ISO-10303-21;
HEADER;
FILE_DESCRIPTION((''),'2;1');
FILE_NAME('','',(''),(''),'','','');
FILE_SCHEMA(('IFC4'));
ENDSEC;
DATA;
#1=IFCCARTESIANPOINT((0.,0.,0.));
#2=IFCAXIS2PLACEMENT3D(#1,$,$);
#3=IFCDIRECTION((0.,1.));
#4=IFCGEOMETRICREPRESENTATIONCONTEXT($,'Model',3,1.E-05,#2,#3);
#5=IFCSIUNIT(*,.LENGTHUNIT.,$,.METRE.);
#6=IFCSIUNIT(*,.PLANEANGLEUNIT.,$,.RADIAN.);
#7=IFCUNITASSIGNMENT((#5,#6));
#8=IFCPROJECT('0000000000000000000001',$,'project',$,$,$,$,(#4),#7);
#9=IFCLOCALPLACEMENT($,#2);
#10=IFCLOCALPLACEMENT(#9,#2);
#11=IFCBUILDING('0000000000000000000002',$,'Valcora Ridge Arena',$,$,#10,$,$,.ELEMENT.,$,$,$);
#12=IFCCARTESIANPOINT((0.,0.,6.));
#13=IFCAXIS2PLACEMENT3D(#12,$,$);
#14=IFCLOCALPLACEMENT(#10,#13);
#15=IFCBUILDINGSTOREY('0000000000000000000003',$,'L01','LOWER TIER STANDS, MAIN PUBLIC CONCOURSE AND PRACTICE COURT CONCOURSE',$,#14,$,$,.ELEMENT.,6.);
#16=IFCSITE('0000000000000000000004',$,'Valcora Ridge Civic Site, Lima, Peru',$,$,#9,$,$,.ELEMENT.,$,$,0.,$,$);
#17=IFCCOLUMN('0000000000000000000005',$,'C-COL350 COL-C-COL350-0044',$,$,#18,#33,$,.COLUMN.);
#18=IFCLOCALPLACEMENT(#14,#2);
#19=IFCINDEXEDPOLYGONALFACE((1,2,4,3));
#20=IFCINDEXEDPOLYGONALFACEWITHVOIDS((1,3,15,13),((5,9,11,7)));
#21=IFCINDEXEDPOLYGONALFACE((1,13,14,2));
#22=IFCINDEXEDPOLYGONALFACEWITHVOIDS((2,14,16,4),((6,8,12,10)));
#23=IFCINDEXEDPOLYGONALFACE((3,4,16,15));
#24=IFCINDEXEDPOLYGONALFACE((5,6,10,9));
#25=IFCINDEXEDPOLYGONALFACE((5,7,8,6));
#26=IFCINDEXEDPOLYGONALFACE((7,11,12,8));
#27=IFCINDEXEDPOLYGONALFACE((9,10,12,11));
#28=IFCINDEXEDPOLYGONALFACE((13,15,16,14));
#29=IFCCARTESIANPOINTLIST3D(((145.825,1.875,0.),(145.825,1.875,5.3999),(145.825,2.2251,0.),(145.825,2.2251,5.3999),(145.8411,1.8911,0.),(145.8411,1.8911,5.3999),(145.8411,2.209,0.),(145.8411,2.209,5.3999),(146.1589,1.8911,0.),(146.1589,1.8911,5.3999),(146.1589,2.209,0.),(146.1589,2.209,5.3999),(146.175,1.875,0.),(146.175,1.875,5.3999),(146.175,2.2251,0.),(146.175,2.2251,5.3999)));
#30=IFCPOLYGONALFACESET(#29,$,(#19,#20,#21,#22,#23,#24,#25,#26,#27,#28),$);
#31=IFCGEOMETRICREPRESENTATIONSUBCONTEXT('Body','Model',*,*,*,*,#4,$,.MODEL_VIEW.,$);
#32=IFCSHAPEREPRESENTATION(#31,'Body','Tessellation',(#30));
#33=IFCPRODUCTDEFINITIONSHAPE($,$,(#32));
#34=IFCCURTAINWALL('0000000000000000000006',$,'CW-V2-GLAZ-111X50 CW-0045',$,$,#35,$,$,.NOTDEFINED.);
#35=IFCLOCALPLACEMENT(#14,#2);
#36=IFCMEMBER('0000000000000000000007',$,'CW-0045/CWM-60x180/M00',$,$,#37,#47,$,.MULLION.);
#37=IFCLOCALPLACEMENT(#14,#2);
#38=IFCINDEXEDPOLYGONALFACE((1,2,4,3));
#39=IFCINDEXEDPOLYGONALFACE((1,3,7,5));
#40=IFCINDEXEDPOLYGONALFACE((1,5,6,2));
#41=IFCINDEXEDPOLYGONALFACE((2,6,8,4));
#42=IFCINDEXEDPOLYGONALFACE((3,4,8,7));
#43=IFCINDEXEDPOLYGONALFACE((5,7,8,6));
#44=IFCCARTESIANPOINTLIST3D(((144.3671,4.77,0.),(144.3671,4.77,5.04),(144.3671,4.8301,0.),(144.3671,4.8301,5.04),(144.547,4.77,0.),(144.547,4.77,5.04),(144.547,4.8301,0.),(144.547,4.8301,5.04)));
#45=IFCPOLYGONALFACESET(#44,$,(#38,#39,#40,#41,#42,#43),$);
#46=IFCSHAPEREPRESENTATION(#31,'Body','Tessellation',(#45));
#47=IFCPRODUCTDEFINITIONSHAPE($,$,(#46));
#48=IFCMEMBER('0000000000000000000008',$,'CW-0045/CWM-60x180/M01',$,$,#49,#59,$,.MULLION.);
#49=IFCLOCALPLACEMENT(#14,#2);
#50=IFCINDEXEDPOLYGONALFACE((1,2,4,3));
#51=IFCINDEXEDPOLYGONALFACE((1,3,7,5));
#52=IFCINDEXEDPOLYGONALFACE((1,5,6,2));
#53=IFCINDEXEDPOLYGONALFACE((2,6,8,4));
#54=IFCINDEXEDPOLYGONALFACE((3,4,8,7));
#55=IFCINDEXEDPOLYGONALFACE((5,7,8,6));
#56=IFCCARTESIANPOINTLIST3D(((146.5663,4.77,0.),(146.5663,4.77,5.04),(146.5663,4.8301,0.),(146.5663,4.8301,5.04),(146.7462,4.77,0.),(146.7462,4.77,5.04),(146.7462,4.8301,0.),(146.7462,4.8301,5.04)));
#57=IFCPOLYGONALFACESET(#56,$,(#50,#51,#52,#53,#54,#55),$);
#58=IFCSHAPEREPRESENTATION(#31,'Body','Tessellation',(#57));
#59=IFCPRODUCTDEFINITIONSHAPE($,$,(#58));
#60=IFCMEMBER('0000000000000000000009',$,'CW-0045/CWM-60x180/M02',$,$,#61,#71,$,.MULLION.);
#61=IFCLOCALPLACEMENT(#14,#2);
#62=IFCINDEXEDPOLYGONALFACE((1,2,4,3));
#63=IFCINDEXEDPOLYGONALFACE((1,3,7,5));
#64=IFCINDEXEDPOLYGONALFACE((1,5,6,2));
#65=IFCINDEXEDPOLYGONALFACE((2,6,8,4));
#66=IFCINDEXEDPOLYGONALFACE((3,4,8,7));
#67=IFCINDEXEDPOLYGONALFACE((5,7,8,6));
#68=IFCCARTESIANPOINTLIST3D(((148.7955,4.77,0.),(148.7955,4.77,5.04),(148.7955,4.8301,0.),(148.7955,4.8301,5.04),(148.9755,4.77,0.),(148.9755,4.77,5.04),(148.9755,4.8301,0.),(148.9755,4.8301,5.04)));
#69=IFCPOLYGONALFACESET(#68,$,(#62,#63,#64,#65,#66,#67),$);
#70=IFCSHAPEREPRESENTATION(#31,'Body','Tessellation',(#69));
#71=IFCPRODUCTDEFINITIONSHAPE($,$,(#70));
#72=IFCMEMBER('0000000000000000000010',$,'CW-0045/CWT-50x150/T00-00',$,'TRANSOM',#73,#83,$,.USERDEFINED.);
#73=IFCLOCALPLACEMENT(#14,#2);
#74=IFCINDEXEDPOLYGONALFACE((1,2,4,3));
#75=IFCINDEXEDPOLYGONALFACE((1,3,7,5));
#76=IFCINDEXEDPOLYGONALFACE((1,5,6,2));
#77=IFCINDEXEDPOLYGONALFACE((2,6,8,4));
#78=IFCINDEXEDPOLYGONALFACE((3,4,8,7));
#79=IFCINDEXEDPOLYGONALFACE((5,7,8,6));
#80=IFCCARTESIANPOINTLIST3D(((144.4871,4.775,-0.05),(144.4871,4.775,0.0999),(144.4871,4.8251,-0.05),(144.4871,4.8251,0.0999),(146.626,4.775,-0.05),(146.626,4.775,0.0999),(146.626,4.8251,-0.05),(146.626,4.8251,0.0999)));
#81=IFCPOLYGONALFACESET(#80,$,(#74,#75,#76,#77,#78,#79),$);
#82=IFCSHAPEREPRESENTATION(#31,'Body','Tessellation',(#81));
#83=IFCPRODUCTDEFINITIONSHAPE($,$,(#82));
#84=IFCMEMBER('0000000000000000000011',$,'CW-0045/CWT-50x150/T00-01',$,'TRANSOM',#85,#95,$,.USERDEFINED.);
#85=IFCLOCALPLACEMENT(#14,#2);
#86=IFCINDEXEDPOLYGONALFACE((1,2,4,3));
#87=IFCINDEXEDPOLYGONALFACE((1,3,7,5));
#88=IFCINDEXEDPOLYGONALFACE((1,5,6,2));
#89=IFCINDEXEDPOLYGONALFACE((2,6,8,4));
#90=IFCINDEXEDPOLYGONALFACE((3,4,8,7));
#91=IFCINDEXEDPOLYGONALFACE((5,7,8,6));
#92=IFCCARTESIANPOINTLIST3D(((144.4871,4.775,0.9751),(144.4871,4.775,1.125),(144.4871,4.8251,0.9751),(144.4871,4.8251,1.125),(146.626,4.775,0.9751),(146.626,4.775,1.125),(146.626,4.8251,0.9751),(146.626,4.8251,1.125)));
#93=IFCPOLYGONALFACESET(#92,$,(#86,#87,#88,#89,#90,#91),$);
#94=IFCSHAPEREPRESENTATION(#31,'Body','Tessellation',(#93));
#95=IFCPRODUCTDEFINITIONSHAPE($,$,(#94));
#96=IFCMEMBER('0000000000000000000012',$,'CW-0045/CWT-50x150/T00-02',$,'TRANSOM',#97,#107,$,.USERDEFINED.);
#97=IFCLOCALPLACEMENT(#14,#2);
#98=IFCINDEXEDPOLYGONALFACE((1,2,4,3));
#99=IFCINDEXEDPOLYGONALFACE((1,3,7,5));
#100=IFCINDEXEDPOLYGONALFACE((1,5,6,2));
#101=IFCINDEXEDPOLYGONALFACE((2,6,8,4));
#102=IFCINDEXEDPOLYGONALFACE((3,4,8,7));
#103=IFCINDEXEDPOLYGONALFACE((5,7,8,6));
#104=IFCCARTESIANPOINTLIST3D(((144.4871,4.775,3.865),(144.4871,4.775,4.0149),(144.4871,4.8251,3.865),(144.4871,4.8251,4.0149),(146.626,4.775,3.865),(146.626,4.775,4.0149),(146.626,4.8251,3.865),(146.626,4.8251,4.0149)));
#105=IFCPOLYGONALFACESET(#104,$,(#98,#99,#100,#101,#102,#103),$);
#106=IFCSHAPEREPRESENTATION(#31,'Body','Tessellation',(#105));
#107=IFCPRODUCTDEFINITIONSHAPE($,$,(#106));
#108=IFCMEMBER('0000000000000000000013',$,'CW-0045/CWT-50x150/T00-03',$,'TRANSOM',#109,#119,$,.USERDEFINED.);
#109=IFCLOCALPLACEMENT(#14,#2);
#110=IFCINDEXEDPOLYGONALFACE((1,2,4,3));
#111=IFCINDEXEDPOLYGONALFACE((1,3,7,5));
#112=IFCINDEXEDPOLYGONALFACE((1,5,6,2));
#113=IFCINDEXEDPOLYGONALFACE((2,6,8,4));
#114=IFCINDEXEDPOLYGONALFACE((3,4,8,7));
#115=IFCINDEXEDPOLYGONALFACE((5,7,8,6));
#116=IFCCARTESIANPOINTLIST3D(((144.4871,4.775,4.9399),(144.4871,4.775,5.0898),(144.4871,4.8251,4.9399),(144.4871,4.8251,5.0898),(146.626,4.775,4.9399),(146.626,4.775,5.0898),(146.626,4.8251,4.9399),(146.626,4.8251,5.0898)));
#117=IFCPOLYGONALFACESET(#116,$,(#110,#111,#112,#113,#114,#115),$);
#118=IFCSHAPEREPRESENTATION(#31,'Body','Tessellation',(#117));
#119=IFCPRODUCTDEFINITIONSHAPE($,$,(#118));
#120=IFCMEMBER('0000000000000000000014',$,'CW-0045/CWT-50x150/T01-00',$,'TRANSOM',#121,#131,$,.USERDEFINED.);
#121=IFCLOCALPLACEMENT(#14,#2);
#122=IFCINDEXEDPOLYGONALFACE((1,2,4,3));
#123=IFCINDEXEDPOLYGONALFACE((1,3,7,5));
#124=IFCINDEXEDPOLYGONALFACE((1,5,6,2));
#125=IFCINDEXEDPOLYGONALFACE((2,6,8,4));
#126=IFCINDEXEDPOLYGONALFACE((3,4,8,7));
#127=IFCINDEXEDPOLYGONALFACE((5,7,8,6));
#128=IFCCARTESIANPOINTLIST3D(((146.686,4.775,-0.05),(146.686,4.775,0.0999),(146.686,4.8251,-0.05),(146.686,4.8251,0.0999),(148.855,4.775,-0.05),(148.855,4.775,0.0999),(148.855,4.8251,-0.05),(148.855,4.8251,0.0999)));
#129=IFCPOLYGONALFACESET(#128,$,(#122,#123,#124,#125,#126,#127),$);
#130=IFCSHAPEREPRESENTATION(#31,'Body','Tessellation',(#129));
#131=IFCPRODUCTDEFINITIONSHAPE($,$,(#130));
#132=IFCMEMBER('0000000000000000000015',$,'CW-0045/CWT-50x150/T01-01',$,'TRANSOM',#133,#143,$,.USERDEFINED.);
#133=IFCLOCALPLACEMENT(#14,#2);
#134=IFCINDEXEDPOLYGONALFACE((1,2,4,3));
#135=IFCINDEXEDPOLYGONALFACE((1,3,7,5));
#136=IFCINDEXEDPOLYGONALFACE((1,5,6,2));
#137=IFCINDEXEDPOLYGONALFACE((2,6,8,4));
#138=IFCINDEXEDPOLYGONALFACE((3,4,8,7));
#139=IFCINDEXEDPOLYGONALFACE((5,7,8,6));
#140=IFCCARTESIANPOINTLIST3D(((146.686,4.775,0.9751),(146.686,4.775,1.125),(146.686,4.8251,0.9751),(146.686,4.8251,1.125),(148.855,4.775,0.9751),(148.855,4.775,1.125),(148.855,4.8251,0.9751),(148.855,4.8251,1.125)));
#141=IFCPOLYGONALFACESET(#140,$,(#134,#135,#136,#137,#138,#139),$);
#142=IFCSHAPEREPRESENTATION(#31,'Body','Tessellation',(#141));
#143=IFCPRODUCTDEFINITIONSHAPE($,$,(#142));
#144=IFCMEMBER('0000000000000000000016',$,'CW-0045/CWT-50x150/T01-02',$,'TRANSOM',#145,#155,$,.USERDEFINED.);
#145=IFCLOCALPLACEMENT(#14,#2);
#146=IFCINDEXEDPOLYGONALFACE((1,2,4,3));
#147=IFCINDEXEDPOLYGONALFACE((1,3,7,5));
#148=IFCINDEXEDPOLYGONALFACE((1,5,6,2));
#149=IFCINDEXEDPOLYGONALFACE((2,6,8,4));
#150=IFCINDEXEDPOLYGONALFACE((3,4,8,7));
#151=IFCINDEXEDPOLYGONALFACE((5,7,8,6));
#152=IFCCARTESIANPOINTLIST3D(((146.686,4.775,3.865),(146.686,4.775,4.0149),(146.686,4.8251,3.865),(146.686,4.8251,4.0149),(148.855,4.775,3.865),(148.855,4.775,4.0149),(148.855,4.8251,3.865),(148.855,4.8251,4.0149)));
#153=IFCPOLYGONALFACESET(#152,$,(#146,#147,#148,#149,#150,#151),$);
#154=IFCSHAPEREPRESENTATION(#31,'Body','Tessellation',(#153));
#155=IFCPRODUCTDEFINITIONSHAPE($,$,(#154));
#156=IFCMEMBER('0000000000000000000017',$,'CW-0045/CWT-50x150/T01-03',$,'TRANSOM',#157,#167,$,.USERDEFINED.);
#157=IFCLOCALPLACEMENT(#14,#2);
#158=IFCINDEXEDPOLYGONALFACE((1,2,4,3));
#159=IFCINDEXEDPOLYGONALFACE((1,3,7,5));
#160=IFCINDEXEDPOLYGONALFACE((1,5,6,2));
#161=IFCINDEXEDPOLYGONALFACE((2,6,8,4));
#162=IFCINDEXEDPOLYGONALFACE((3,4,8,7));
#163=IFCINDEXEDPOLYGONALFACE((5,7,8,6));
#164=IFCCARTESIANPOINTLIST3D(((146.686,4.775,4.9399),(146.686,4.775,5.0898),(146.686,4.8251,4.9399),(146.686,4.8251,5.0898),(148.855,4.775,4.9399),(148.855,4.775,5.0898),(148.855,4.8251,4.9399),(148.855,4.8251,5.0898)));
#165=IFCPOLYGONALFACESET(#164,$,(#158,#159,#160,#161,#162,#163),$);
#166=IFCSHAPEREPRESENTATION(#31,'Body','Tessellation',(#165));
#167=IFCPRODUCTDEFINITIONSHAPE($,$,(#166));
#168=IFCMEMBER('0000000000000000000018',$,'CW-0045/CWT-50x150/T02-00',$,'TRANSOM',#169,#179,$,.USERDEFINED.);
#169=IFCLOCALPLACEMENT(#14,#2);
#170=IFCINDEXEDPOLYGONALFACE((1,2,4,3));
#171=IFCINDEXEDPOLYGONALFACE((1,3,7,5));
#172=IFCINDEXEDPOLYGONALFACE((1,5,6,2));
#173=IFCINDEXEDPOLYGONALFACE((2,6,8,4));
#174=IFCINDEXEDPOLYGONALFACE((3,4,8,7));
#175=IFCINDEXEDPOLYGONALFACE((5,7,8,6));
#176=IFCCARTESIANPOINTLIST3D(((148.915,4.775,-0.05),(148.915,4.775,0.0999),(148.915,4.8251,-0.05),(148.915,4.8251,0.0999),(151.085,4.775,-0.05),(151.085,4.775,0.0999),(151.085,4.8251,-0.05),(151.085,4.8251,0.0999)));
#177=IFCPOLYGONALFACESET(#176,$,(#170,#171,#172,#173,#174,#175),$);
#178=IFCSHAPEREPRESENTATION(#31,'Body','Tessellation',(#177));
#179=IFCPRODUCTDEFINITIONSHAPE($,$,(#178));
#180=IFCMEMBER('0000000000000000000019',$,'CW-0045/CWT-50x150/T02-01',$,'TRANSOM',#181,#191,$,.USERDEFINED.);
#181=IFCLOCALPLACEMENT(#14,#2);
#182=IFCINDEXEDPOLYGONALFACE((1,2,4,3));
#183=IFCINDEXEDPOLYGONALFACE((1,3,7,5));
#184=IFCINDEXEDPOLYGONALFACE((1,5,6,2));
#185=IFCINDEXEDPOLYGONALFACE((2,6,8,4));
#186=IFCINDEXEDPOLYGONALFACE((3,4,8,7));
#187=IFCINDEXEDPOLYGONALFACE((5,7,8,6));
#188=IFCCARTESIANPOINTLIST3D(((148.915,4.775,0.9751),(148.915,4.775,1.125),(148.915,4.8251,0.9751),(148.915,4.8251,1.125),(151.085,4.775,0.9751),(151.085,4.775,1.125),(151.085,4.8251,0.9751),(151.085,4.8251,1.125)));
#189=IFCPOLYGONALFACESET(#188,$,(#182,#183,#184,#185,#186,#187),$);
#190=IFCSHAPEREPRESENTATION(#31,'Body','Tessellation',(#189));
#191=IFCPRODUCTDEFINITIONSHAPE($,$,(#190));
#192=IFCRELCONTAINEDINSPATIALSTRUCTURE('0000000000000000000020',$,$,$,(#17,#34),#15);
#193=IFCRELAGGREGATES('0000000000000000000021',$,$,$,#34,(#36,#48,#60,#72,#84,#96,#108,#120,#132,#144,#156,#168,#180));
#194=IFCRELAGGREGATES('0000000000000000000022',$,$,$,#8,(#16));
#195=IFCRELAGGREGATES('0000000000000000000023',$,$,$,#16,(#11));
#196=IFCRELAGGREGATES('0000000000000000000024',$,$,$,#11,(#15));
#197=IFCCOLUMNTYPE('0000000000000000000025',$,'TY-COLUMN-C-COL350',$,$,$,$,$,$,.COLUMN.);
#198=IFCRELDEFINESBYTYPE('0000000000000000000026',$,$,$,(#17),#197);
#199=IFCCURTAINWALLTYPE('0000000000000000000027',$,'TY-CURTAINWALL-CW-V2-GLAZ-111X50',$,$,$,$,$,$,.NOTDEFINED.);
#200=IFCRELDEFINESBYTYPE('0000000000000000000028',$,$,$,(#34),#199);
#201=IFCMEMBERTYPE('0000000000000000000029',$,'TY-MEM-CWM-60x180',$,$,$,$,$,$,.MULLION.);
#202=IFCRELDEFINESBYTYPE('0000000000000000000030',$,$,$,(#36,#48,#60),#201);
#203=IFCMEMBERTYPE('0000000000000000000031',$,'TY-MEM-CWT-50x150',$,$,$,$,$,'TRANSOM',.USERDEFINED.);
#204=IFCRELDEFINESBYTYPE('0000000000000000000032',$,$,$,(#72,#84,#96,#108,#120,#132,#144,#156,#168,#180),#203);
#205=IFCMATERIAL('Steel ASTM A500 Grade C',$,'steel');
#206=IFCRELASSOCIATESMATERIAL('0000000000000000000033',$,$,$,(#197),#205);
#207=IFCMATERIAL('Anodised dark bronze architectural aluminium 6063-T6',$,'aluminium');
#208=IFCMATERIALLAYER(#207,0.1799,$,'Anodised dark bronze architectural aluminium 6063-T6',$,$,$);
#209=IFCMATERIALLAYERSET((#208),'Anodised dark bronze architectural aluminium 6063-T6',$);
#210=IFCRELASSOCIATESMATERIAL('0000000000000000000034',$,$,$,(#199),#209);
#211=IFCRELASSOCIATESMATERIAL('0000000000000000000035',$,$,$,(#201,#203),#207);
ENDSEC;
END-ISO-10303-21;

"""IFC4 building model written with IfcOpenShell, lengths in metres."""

from ifc_helpers import new_model, si_unit, direction, frame, origin, origin_2d, place, context, subcontext, project, spatial, rectangle, hollow_rectangle, extrude, material, layer, layer_set, material_profile, profile_set, type_object, element, aggregate, save


model = new_model("IFC4")

# Units and contexts
model_context = context("Model", 3, precision=1e-05, world=origin(), true_north=direction((0.0, 1.0)))
body_context = subcontext(model_context, "Body", "Model", "MODEL_VIEW")
ifc_project = project(units=[si_unit("LENGTHUNIT", "METRE"), si_unit("PLANEANGLEUNIT", "RADIAN")], contexts=[model_context])

# Site, building, storey
site_placement = place(None, origin())
site = spatial("IfcSite", under=ifc_project, at=site_placement, Name="Valcora Ridge Civic Site, Lima, Peru", CompositionType="ELEMENT", RefElevation=0.0)
building_placement = place(site_placement, origin())
building = spatial("IfcBuilding", under=site, at=building_placement, Name="Valcora Ridge Arena", CompositionType="ELEMENT")
storey_placement = place(building_placement, frame((0.0, 0.0, 6.0)))
storey = spatial("IfcBuildingStorey", under=building, at=storey_placement, Name="L01", Description="LOWER TIER STANDS, MAIN PUBLIC CONCOURSE AND PRACTICE COURT CONCOURSE", CompositionType="ELEMENT", Elevation=6.0)

# Column
ifc_material_1 = material(Name="Steel ASTM A500 Grade C", Category="steel")
ifc_material_profile_1 = material_profile(ifc_material_1, hollow_rectangle(XDim=0.3501, YDim=0.3501, WallThickness=0.0161, at=origin_2d()), Name="HSS350X350X16")
ifc_profile_set_1 = profile_set([ifc_material_profile_1], Name="Steel ASTM A500 Grade C")
column_type = type_object("IfcColumnType", Name="TY-COLUMN-C-COL350", PredefinedType="COLUMN", material=ifc_profile_set_1)
column_placement = place(storey_placement, frame((146.0, 2.05, 0.0), z_axis=(0.0, 0.0, 1.0), x_axis=(1.0, 0.0, 0.0)))
element("IfcColumn", 1, at=column_placement, inside=storey, type_object=column_type, Name="C-COL350 COL-C-COL350-0044", PredefinedType="COLUMN", context=body_context, shape_type="SweptSolid", body=[
    extrude(hollow_rectangle(XDim=0.3501, YDim=0.3501, WallThickness=0.0161, at=origin_2d()), origin(), (0.0, 0.0, 1.0), 5.3999),
])

# Curtain wall, members
ifc_material_2 = material(Name="Anodised dark bronze architectural aluminium 6063-T6", Category="aluminium")
ifc_layer_1 = layer(ifc_material_2, 0.1799, Name="Anodised dark bronze architectural aluminium 6063-T6")
ifc_layer_set_1 = layer_set([ifc_layer_1], Name="Anodised dark bronze architectural aluminium 6063-T6")
curtain_wall_type = type_object("IfcCurtainWallType", Name="TY-CURTAINWALL-CW-V2-GLAZ-111X50", PredefinedType="NOTDEFINED", material=ifc_layer_set_1)
curtain_wall_placement = place(storey_placement, origin())
curtain_wall = element("IfcCurtainWall", 2, at=curtain_wall_placement, inside=storey, type_object=curtain_wall_type, Name="CW-V2-GLAZ-111X50 CW-0045", PredefinedType="NOTDEFINED")
ifc_material_profile_2 = material_profile(ifc_material_2, rectangle(XDim=0.0601, YDim=0.1799, at=origin_2d()), Name="ALU MULLION 60x180")
ifc_profile_set_2 = profile_set([ifc_material_profile_2], Name="Anodised dark bronze architectural aluminium 6063-T6")
member_type_1 = type_object("IfcMemberType", Name="TY-MEM-CWM-60x180", PredefinedType="MULLION", material=ifc_profile_set_2)
member_1_placement = place(storey_placement, frame((144.457, 4.8, 0.0), z_axis=(0.0, 0.0, 1.0), x_axis=(0.0, 1.0, 0.0)))
member_1 = element("IfcMember", 3, at=member_1_placement, type_object=member_type_1, Name="CW-0045/CWM-60x180/M00", PredefinedType="MULLION", context=body_context, shape_type="SweptSolid", body=[
    extrude(rectangle(XDim=0.0601, YDim=0.1799, at=origin_2d()), origin(), (0.0, 0.0, 1.0), 5.04),
])
member_2_placement = place(storey_placement, frame((146.6562, 4.8, 0.0), z_axis=(0.0, 0.0, 1.0), x_axis=(0.0, 1.0, 0.0)))
member_2 = element("IfcMember", 4, at=member_2_placement, type_object=member_type_1, Name="CW-0045/CWM-60x180/M01", PredefinedType="MULLION", context=body_context, shape_type="SweptSolid", body=[
    extrude(rectangle(XDim=0.0601, YDim=0.1799, at=origin_2d()), origin(), (0.0, 0.0, 1.0), 5.04),
])
member_3_placement = place(storey_placement, frame((148.8855, 4.8, 0.0), z_axis=(0.0, 0.0, 1.0), x_axis=(0.0, 1.0, 0.0)))
member_3 = element("IfcMember", 5, at=member_3_placement, type_object=member_type_1, Name="CW-0045/CWM-60x180/M02", PredefinedType="MULLION", context=body_context, shape_type="SweptSolid", body=[
    extrude(rectangle(XDim=0.0601, YDim=0.1799, at=origin_2d()), origin(), (0.0, 0.0, 1.0), 5.04),
])
ifc_material_profile_3 = material_profile(ifc_material_2, rectangle(XDim=0.05, YDim=0.1499, at=origin_2d()), Name="ALU TRANSOM 50x150")
ifc_profile_set_3 = profile_set([ifc_material_profile_3], Name="Anodised dark bronze architectural aluminium 6063-T6")
member_type_2 = type_object("IfcMemberType", Name="TY-MEM-CWT-50x150", ElementType="TRANSOM", PredefinedType="USERDEFINED", material=ifc_profile_set_3)
member_4_placement = place(storey_placement, frame((144.4871, 4.8, 0.0249), z_axis=(1.0, 0.0, 0.0), x_axis=(0.0, 1.0, 0.0)))
member_4 = element("IfcMember", 6, at=member_4_placement, type_object=member_type_2, Name="CW-0045/CWT-50x150/T00-00", ObjectType="TRANSOM", PredefinedType="USERDEFINED", context=body_context, shape_type="SweptSolid", body=[
    extrude(rectangle(XDim=0.05, YDim=0.1499, at=origin_2d()), origin(), (0.0, 0.0, 1.0), 2.1389),
])
member_5_placement = place(storey_placement, frame((144.4871, 4.8, 1.05), z_axis=(1.0, 0.0, 0.0), x_axis=(0.0, 1.0, 0.0)))
member_5 = element("IfcMember", 7, at=member_5_placement, type_object=member_type_2, Name="CW-0045/CWT-50x150/T00-01", ObjectType="TRANSOM", PredefinedType="USERDEFINED", context=body_context, shape_type="SweptSolid", body=[
    extrude(rectangle(XDim=0.05, YDim=0.1499, at=origin_2d()), origin(), (0.0, 0.0, 1.0), 2.1389),
])
member_6_placement = place(storey_placement, frame((144.4871, 4.8, 3.9399), z_axis=(1.0, 0.0, 0.0), x_axis=(0.0, 1.0, 0.0)))
member_6 = element("IfcMember", 8, at=member_6_placement, type_object=member_type_2, Name="CW-0045/CWT-50x150/T00-02", ObjectType="TRANSOM", PredefinedType="USERDEFINED", context=body_context, shape_type="SweptSolid", body=[
    extrude(rectangle(XDim=0.05, YDim=0.1499, at=origin_2d()), origin(), (0.0, 0.0, 1.0), 2.1389),
])
member_7_placement = place(storey_placement, frame((144.4871, 4.8, 5.0149), z_axis=(1.0, 0.0, 0.0), x_axis=(0.0, 1.0, 0.0)))
member_7 = element("IfcMember", 9, at=member_7_placement, type_object=member_type_2, Name="CW-0045/CWT-50x150/T00-03", ObjectType="TRANSOM", PredefinedType="USERDEFINED", context=body_context, shape_type="SweptSolid", body=[
    extrude(rectangle(XDim=0.05, YDim=0.1499, at=origin_2d()), origin(), (0.0, 0.0, 1.0), 2.1389),
])
member_8_placement = place(storey_placement, frame((146.686, 4.8, 0.0249), z_axis=(1.0, 0.0, 0.0), x_axis=(0.0, 1.0, 0.0)))
member_8 = element("IfcMember", 10, at=member_8_placement, type_object=member_type_2, Name="CW-0045/CWT-50x150/T01-00", ObjectType="TRANSOM", PredefinedType="USERDEFINED", context=body_context, shape_type="SweptSolid", body=[
    extrude(rectangle(XDim=0.05, YDim=0.1499, at=origin_2d()), origin(), (0.0, 0.0, 1.0), 2.1689),
])
member_9_placement = place(storey_placement, frame((146.686, 4.8, 1.05), z_axis=(1.0, 0.0, 0.0), x_axis=(0.0, 1.0, 0.0)))
member_9 = element("IfcMember", 11, at=member_9_placement, type_object=member_type_2, Name="CW-0045/CWT-50x150/T01-01", ObjectType="TRANSOM", PredefinedType="USERDEFINED", context=body_context, shape_type="SweptSolid", body=[
    extrude(rectangle(XDim=0.05, YDim=0.1499, at=origin_2d()), origin(), (0.0, 0.0, 1.0), 2.1689),
])
member_10_placement = place(storey_placement, frame((146.686, 4.8, 3.9399), z_axis=(1.0, 0.0, 0.0), x_axis=(0.0, 1.0, 0.0)))
member_10 = element("IfcMember", 12, at=member_10_placement, type_object=member_type_2, Name="CW-0045/CWT-50x150/T01-02", ObjectType="TRANSOM", PredefinedType="USERDEFINED", context=body_context, shape_type="SweptSolid", body=[
    extrude(rectangle(XDim=0.05, YDim=0.1499, at=origin_2d()), origin(), (0.0, 0.0, 1.0), 2.1689),
])
member_11_placement = place(storey_placement, frame((146.686, 4.8, 5.0149), z_axis=(1.0, 0.0, 0.0), x_axis=(0.0, 1.0, 0.0)))
member_11 = element("IfcMember", 13, at=member_11_placement, type_object=member_type_2, Name="CW-0045/CWT-50x150/T01-03", ObjectType="TRANSOM", PredefinedType="USERDEFINED", context=body_context, shape_type="SweptSolid", body=[
    extrude(rectangle(XDim=0.05, YDim=0.1499, at=origin_2d()), origin(), (0.0, 0.0, 1.0), 2.1689),
])
member_12_placement = place(storey_placement, frame((148.915, 4.8, 0.0249), z_axis=(1.0, 0.0, 0.0), x_axis=(0.0, 1.0, 0.0)))
member_12 = element("IfcMember", 14, at=member_12_placement, type_object=member_type_2, Name="CW-0045/CWT-50x150/T02-00", ObjectType="TRANSOM", PredefinedType="USERDEFINED", context=body_context, shape_type="SweptSolid", body=[
    extrude(rectangle(XDim=0.05, YDim=0.1499, at=origin_2d()), origin(), (0.0, 0.0, 1.0), 2.1699),
])
member_13_placement = place(storey_placement, frame((148.915, 4.8, 1.05), z_axis=(1.0, 0.0, 0.0), x_axis=(0.0, 1.0, 0.0)))
member_13 = element("IfcMember", 15, at=member_13_placement, type_object=member_type_2, Name="CW-0045/CWT-50x150/T02-01", ObjectType="TRANSOM", PredefinedType="USERDEFINED", context=body_context, shape_type="SweptSolid", body=[
    extrude(rectangle(XDim=0.05, YDim=0.1499, at=origin_2d()), origin(), (0.0, 0.0, 1.0), 2.1699),
])
aggregate(curtain_wall, [member_1, member_2, member_3, member_4, member_5, member_6, member_7, member_8, member_9, member_10, member_11, member_12, member_13])

save(model, "model.ifc")
